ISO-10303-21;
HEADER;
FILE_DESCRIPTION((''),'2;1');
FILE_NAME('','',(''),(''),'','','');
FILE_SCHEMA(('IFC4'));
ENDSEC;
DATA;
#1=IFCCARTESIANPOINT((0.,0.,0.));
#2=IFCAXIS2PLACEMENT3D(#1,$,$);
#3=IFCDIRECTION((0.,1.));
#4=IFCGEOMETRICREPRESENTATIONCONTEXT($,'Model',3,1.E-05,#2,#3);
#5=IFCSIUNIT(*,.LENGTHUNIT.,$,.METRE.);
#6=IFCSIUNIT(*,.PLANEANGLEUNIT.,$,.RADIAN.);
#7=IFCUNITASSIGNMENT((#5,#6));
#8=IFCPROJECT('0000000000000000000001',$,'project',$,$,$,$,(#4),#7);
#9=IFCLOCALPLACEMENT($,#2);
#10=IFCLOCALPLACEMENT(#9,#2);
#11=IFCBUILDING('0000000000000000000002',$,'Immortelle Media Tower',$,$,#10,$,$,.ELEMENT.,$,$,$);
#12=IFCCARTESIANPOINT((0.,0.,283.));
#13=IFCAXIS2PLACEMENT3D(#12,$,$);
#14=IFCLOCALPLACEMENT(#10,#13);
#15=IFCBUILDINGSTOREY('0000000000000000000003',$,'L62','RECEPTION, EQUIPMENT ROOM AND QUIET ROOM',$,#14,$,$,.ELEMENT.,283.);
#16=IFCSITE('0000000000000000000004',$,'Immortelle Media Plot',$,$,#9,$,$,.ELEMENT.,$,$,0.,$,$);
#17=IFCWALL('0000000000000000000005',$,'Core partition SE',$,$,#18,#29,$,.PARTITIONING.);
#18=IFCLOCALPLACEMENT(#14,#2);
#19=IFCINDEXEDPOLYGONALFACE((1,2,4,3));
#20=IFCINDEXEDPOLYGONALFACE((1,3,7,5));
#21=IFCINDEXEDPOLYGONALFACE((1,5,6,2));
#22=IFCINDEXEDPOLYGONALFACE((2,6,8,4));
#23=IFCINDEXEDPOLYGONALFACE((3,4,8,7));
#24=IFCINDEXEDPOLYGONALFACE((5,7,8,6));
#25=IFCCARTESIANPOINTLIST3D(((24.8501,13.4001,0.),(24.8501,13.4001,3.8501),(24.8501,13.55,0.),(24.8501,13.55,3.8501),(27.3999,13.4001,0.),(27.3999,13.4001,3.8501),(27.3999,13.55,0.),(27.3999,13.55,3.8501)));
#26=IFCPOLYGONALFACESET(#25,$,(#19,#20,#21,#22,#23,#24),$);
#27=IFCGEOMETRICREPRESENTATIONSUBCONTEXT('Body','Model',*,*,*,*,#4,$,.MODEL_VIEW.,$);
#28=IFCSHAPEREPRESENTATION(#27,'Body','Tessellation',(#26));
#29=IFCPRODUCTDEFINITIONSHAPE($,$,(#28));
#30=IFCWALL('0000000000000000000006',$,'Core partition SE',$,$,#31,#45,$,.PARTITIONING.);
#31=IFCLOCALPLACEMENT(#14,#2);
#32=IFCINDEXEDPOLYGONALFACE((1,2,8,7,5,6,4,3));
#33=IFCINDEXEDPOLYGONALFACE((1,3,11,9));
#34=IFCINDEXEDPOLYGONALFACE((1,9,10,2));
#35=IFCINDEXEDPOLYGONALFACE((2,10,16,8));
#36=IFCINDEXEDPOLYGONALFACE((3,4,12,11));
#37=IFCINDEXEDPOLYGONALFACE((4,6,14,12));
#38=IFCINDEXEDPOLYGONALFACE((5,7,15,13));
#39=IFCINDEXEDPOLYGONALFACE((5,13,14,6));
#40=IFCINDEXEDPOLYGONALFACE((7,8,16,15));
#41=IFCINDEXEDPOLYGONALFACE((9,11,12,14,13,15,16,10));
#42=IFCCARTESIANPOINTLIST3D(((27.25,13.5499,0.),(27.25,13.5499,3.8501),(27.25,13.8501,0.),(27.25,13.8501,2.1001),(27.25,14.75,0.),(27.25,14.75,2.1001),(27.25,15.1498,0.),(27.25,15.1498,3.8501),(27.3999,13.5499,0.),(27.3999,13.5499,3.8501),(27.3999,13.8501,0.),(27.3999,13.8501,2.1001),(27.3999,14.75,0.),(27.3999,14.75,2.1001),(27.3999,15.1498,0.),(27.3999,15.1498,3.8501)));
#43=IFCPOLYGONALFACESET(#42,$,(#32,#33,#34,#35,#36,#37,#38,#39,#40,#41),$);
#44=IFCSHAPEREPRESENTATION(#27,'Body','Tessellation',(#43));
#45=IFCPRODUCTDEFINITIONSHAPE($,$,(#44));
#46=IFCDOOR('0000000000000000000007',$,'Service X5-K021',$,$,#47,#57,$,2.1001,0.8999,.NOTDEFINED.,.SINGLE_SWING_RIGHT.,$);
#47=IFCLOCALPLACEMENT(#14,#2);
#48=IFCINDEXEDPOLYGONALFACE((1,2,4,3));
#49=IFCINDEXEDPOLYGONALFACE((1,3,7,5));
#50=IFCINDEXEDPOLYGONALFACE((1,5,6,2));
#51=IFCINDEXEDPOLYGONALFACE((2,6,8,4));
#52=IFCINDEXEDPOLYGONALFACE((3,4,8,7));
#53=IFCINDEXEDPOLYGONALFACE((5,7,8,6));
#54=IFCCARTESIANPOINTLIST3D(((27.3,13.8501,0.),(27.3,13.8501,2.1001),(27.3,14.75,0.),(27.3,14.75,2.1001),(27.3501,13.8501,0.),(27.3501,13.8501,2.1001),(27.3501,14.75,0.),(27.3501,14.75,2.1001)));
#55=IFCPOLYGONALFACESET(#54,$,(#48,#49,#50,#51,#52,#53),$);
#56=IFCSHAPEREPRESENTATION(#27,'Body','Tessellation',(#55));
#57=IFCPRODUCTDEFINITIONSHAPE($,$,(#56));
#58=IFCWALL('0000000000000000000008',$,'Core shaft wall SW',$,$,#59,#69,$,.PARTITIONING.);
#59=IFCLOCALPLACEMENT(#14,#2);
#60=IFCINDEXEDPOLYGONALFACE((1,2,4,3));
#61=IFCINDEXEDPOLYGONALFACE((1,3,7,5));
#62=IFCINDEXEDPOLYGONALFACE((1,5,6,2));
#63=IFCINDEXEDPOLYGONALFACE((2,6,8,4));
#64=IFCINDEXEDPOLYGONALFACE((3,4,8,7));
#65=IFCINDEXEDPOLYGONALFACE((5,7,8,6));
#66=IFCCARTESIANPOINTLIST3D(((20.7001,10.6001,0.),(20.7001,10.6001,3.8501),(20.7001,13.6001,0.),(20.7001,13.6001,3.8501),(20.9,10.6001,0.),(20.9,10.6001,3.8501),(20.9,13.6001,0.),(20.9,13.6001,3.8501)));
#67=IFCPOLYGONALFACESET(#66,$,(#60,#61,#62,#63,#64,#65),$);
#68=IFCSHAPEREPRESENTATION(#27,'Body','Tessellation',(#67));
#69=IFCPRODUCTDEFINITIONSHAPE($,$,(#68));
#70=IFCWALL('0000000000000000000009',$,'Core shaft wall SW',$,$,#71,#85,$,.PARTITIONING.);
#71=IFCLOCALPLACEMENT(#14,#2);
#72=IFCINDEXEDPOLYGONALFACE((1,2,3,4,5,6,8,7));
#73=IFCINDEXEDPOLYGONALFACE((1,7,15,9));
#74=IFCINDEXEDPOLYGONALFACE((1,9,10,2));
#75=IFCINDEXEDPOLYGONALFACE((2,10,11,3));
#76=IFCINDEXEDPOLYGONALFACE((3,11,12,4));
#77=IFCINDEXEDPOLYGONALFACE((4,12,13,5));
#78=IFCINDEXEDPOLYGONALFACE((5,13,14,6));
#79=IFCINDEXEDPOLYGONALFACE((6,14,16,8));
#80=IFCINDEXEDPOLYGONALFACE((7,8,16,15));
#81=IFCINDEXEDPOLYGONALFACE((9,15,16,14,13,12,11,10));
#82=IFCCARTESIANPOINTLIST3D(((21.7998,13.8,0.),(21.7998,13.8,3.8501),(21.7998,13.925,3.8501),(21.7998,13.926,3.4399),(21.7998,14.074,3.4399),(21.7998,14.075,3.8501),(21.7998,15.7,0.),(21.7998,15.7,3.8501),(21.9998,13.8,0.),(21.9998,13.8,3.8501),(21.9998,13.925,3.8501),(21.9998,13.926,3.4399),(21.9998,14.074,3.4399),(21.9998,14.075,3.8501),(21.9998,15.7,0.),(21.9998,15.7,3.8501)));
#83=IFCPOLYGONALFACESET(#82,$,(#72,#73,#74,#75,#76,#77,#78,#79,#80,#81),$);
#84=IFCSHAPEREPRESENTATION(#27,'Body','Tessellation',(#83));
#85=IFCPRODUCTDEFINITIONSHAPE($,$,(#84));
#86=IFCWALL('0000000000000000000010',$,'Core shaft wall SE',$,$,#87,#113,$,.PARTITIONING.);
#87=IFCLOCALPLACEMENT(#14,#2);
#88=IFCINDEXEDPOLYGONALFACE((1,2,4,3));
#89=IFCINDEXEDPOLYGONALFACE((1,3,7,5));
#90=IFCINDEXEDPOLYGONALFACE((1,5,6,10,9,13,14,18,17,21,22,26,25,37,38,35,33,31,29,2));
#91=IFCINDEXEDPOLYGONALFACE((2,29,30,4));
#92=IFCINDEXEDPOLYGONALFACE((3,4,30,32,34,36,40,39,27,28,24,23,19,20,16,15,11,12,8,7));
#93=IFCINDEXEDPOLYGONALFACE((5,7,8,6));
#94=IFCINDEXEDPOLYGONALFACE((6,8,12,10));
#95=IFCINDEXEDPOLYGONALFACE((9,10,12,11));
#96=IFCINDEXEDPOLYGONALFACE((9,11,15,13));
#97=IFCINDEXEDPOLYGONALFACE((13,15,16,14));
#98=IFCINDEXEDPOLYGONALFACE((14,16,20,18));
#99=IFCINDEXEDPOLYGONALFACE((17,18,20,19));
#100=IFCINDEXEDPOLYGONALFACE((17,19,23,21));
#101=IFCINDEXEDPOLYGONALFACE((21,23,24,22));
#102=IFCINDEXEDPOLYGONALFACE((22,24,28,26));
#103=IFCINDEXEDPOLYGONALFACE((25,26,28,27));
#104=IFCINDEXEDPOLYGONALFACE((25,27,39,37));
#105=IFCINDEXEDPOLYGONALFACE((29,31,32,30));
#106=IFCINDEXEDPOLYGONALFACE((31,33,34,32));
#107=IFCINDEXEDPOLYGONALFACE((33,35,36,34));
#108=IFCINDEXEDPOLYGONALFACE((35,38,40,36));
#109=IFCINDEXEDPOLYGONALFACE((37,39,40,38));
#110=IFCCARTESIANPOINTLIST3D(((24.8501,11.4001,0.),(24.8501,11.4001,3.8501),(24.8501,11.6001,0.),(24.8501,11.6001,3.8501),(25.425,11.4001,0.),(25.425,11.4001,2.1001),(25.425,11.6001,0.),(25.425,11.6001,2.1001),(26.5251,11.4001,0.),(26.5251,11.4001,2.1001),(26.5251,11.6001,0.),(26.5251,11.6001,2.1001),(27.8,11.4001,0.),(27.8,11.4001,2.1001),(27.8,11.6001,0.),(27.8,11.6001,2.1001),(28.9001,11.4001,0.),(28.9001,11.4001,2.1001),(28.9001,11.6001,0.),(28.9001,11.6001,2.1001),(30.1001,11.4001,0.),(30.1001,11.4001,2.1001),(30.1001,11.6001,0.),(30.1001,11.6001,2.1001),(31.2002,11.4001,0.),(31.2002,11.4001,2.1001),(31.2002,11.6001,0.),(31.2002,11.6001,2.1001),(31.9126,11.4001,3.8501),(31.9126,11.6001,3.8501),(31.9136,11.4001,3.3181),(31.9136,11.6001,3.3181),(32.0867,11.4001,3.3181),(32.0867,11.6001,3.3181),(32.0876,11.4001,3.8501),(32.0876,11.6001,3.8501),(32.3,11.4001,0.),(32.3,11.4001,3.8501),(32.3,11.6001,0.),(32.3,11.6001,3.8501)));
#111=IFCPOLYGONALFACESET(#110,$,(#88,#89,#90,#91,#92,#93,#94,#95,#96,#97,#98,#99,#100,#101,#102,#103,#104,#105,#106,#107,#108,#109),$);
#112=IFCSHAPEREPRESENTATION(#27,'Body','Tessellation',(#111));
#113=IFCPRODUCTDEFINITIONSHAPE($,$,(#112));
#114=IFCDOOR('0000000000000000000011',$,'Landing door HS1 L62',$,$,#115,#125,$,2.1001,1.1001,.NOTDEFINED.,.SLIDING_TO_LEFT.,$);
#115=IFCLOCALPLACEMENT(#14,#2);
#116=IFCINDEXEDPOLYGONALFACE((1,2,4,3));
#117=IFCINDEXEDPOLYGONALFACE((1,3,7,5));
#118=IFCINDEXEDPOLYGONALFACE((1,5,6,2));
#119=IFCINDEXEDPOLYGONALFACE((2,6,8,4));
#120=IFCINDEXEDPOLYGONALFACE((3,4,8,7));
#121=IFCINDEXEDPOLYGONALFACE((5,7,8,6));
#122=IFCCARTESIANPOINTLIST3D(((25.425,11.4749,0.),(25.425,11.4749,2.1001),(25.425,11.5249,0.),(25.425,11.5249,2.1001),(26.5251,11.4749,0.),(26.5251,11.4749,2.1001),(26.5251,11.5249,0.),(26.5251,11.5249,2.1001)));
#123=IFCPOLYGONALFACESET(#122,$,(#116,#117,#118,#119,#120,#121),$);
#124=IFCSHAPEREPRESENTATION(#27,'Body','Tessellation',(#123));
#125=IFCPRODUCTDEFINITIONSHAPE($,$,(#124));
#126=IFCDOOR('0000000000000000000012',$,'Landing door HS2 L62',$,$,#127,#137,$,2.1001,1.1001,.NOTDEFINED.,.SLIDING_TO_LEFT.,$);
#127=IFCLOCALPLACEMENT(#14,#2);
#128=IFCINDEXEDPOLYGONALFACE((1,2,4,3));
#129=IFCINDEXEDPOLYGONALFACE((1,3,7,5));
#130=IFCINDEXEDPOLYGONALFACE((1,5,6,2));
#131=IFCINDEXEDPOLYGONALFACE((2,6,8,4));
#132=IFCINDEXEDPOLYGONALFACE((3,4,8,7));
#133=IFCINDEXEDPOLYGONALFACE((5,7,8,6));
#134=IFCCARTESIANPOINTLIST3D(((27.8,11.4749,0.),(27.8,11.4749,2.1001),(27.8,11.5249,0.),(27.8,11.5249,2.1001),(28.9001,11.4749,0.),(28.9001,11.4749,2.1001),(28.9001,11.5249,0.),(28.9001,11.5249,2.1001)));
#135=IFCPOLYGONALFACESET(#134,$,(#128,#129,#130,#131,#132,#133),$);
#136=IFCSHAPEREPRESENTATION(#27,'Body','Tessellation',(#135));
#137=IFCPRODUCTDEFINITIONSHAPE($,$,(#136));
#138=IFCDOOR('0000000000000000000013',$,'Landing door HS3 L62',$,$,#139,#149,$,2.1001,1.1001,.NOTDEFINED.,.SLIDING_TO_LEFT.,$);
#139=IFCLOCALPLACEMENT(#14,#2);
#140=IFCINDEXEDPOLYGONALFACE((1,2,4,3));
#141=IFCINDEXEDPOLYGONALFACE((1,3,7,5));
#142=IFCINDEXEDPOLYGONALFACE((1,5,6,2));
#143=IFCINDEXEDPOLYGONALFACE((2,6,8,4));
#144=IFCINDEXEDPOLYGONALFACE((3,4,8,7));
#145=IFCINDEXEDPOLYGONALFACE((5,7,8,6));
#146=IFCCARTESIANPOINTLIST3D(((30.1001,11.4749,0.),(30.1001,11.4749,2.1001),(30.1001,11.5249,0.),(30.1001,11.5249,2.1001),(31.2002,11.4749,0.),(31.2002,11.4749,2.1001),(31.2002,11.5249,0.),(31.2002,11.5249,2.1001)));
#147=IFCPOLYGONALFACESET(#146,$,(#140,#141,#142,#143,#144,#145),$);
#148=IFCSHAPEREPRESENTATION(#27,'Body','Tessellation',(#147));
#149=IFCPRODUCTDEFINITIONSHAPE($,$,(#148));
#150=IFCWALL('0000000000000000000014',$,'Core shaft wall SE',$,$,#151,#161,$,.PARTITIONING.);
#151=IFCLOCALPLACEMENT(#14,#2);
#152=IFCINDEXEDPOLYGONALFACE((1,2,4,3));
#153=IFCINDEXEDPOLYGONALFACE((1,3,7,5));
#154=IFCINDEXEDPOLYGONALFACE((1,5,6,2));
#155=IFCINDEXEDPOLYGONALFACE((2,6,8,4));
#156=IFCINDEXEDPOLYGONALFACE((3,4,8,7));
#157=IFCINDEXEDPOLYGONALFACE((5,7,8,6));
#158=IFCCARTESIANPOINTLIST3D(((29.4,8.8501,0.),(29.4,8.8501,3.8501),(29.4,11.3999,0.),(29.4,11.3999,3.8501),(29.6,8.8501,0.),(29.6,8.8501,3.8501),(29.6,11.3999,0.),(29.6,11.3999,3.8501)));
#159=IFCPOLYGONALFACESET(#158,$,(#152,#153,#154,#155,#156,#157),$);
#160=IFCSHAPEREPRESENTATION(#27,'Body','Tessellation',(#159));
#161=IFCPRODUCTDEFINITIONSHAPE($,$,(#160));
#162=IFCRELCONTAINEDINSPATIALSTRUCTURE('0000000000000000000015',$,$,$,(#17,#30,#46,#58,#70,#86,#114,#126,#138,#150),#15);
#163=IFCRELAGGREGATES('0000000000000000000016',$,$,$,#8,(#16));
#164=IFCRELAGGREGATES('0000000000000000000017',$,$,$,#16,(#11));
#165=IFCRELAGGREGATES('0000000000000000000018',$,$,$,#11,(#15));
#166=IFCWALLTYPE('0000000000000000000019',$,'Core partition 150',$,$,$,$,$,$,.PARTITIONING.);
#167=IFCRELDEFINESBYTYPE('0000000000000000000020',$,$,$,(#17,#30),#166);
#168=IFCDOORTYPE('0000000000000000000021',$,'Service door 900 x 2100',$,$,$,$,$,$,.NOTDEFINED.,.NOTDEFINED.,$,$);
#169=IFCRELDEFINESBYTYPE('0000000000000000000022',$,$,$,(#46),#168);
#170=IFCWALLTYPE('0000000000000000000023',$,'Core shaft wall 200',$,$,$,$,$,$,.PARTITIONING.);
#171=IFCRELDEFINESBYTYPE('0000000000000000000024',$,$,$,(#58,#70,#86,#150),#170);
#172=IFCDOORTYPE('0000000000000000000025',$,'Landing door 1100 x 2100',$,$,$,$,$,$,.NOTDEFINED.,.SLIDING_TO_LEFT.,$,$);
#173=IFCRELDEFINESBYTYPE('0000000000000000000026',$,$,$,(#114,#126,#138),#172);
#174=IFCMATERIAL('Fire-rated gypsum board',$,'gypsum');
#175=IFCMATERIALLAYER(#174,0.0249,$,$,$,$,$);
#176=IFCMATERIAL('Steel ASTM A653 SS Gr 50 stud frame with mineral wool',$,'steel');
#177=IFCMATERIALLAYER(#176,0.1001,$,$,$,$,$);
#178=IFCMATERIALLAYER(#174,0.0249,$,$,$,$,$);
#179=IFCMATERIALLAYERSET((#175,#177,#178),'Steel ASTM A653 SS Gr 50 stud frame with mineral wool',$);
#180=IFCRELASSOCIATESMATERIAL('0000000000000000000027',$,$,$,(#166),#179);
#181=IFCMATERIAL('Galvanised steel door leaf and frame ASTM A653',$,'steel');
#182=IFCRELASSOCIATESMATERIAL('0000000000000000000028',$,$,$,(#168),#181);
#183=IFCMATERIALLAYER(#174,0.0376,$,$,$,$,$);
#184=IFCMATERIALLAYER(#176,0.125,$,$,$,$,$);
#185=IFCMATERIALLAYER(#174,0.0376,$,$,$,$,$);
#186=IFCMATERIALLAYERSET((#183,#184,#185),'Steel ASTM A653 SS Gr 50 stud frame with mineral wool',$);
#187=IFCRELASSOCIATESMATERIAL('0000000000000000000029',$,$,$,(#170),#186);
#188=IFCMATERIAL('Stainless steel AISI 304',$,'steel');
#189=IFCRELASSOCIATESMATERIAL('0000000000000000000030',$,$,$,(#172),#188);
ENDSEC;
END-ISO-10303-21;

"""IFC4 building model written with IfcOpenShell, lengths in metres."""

from ifc_helpers import new_model, si_unit, direction, frame, frame_2d, origin, place, context, subcontext, project, spatial, polyline, rectangle, outline, extrude, material, layer, layer_set, type_object, element, fill, save


model = new_model("IFC4")

# Units and contexts
model_context = context("Model", 3, precision=1e-05, world=origin(), true_north=direction((0.0, 1.0)))
body_context = subcontext(model_context, "Body", "Model", "MODEL_VIEW")
ifc_project = project(units=[si_unit("LENGTHUNIT", "METRE"), si_unit("PLANEANGLEUNIT", "RADIAN")], contexts=[model_context])

# Site, building, storey
site_placement = place(None, origin())
site = spatial("IfcSite", under=ifc_project, at=site_placement, Name="Immortelle Media Plot", CompositionType="ELEMENT", RefElevation=0.0)
building_placement = place(site_placement, origin())
building = spatial("IfcBuilding", under=site, at=building_placement, Name="Immortelle Media Tower", CompositionType="ELEMENT")
storey_placement = place(building_placement, frame((0.0, 0.0, 283.0)))
storey = spatial("IfcBuildingStorey", under=building, at=storey_placement, Name="L62", Description="RECEPTION, EQUIPMENT ROOM AND QUIET ROOM", CompositionType="ELEMENT", Elevation=283.0)

# Wall
ifc_material_1 = material(Name="Fire-rated gypsum board", Category="gypsum")
ifc_layer_1 = layer(ifc_material_1, 0.0249)
ifc_material_2 = material(Name="Steel ASTM A653 SS Gr 50 stud frame with mineral wool", Category="steel")
ifc_layer_2 = layer(ifc_material_2, 0.1001)
ifc_layer_3 = layer(ifc_material_1, 0.0249)
ifc_layer_set_1 = layer_set([ifc_layer_1, ifc_layer_2, ifc_layer_3], Name="Steel ASTM A653 SS Gr 50 stud frame with mineral wool")
wall_type_1 = type_object("IfcWallType", Name="Core partition 150", PredefinedType="PARTITIONING", material=ifc_layer_set_1)
wall_1_placement = place(storey_placement, frame((24.8501, 13.4751, 0.0), z_axis=(0.0, 0.0, 1.0), x_axis=(1.0, 0.0, 0.0)))
element("IfcWall", 1, at=wall_1_placement, inside=storey, type_object=wall_type_1, Name="Core partition SE", PredefinedType="PARTITIONING", context=body_context, shape_type="SweptSolid", body=[
    extrude(rectangle(XDim=2.5498, YDim=0.1499, at=frame_2d((1.2749, 0.0))), origin(), (0.0, 0.0, 1.0), 3.8501),
])

# Wall, opening, door
wall_2_placement = place(storey_placement, frame((27.325, 13.55, 0.0), z_axis=(0.0, 0.0, 1.0), x_axis=(0.0, 1.0, 0.0)))
wall_2 = element("IfcWall", 2, at=wall_2_placement, inside=storey, type_object=wall_type_1, Name="Core partition SE", PredefinedType="PARTITIONING", context=body_context, shape_type="SweptSolid", body=[
    extrude(rectangle(XDim=1.5999, YDim=0.1499, at=frame_2d((0.7998, 0.0))), origin(), (0.0, 0.0, 1.0), 3.8501),
])
opening_1_placement = place(wall_2_placement, frame((0.3, 0.0, 0.0)))
opening_1 = element("IfcOpeningElement", 3, at=opening_1_placement, cuts=wall_2, PredefinedType="OPENING", context=body_context, shape_type="SweptSolid", body=[
    extrude(rectangle(XDim=0.8999, YDim=2.1001, at=frame_2d((0.45, 1.05))), frame((0.0, 0.085, 0.0), z_axis=(0.0, -1.0, 0.0), x_axis=(1.0, 0.0, 0.0)), (0.0, 0.0, 1.0), 0.1699),
])
ifc_material_3 = material(Name="Galvanised steel door leaf and frame ASTM A653", Category="steel")
door_type_1 = type_object("IfcDoorType", Name="Service door 900 x 2100", OperationType="NOTDEFINED", PredefinedType="NOTDEFINED", material=ifc_material_3)
door_1_placement = place(opening_1_placement, origin())
door_1 = element("IfcDoor", 4, at=door_1_placement, inside=storey, type_object=door_type_1, Name="Service X5-K021", OperationType="SINGLE_SWING_RIGHT", OverallHeight=2.1001, OverallWidth=0.8999, PredefinedType="NOTDEFINED", context=body_context, shape_type="SweptSolid", body=[
    extrude(rectangle(XDim=0.8999, YDim=2.1001, at=frame_2d((0.45, 1.05))), frame((0.0, 0.0249, 0.0), z_axis=(0.0, -1.0, 0.0), x_axis=(1.0, 0.0, 0.0)), (0.0, 0.0, 1.0), 0.05),
])
fill(opening_1, door_1)

# Walls
ifc_layer_4 = layer(ifc_material_1, 0.0376)
ifc_layer_5 = layer(ifc_material_2, 0.125)
ifc_layer_6 = layer(ifc_material_1, 0.0376)
ifc_layer_set_2 = layer_set([ifc_layer_4, ifc_layer_5, ifc_layer_6], Name="Steel ASTM A653 SS Gr 50 stud frame with mineral wool")
wall_type_2 = type_object("IfcWallType", Name="Core shaft wall 200", PredefinedType="PARTITIONING", material=ifc_layer_set_2)
wall_3_placement = place(storey_placement, frame((20.8, 10.6001, 0.0), z_axis=(0.0, 0.0, 1.0), x_axis=(0.0, 1.0, 0.0)))
element("IfcWall", 5, at=wall_3_placement, inside=storey, type_object=wall_type_2, Name="Core shaft wall SW", PredefinedType="PARTITIONING", context=body_context, shape_type="SweptSolid", body=[
    extrude(rectangle(XDim=3.0, YDim=0.2, at=frame_2d((1.5, 0.0))), origin(), (0.0, 0.0, 1.0), 3.8501),
])
wall_4_placement = place(storey_placement, frame((21.8999, 13.8, 0.0), z_axis=(0.0, 0.0, 1.0), x_axis=(0.0, 1.0, 0.0)))
element("IfcWall", 6, at=wall_4_placement, inside=storey, type_object=wall_type_2, Name="Core shaft wall SW", PredefinedType="PARTITIONING", context=body_context, shape_type="SweptSolid", body=[
    extrude(outline(polyline([(0.0, 0.0), (1.8999, 0.0), (1.8999, 3.8501), (0.2749, 3.8501), (0.2739, 3.4399), (0.126, 3.4399), (0.125, 3.8501), (0.0, 3.8501), (0.0, 0.0)])), frame((0.0, 0.1001, 0.0), z_axis=(0.0, -1.0, 0.0), x_axis=(1.0, 0.0, 0.0)), (0.0, 0.0, 1.0), 0.2),
])

# Wall, openings, doors
wall_5_placement = place(storey_placement, frame((24.8501, 11.5, 0.0), z_axis=(0.0, 0.0, 1.0), x_axis=(1.0, 0.0, 0.0)))
wall_5 = element("IfcWall", 7, at=wall_5_placement, inside=storey, type_object=wall_type_2, Name="Core shaft wall SE", PredefinedType="PARTITIONING", context=body_context, shape_type="SweptSolid", body=[
    extrude(outline(polyline([(0.0, 0.0), (7.45, 0.0), (7.45, 3.8501), (7.2375, 3.8501), (7.2366, 3.3181), (7.0635, 3.3181), (7.0625, 3.8501), (0.0, 3.8501), (0.0, 0.0)])), frame((0.0, 0.1001, 0.0), z_axis=(0.0, -1.0, 0.0), x_axis=(1.0, 0.0, 0.0)), (0.0, 0.0, 1.0), 0.2),
])
opening_2_placement = place(wall_5_placement, frame((0.575, 0.0, 0.0)))
opening_2 = element("IfcOpeningElement", 8, at=opening_2_placement, cuts=wall_5, PredefinedType="OPENING", context=body_context, shape_type="SweptSolid", body=[
    extrude(rectangle(XDim=1.1001, YDim=2.1001, at=frame_2d((0.55, 1.05))), frame((0.0, 0.1099, 0.0), z_axis=(0.0, -1.0, 0.0), x_axis=(1.0, 0.0, 0.0)), (0.0, 0.0, 1.0), 0.22),
])
opening_3_placement = place(wall_5_placement, frame((2.95, 0.0, 0.0)))
opening_3 = element("IfcOpeningElement", 9, at=opening_3_placement, cuts=wall_5, PredefinedType="OPENING", context=body_context, shape_type="SweptSolid", body=[
    extrude(rectangle(XDim=1.1001, YDim=2.1001, at=frame_2d((0.55, 1.05))), frame((0.0, 0.1099, 0.0), z_axis=(0.0, -1.0, 0.0), x_axis=(1.0, 0.0, 0.0)), (0.0, 0.0, 1.0), 0.22),
])
opening_4_placement = place(wall_5_placement, frame((5.25, 0.0, 0.0)))
opening_4 = element("IfcOpeningElement", 10, at=opening_4_placement, cuts=wall_5, PredefinedType="OPENING", context=body_context, shape_type="SweptSolid", body=[
    extrude(rectangle(XDim=1.1001, YDim=2.1001, at=frame_2d((0.55, 1.05))), frame((0.0, 0.1099, 0.0), z_axis=(0.0, -1.0, 0.0), x_axis=(1.0, 0.0, 0.0)), (0.0, 0.0, 1.0), 0.22),
])
ifc_material_4 = material(Name="Stainless steel AISI 304", Category="steel")
door_type_2 = type_object("IfcDoorType", Name="Landing door 1100 x 2100", OperationType="SLIDING_TO_LEFT", PredefinedType="NOTDEFINED", material=ifc_material_4)
door_2_placement = place(opening_2_placement, origin())
door_2 = element("IfcDoor", 11, at=door_2_placement, inside=storey, type_object=door_type_2, Name="Landing door HS1 L62", OperationType="SLIDING_TO_LEFT", OverallHeight=2.1001, OverallWidth=1.1001, PredefinedType="NOTDEFINED", context=body_context, shape_type="SweptSolid", body=[
    extrude(rectangle(XDim=1.1001, YDim=2.1001, at=frame_2d((0.55, 1.05))), frame((0.0, 0.0249, 0.0), z_axis=(0.0, -1.0, 0.0), x_axis=(1.0, 0.0, 0.0)), (0.0, 0.0, 1.0), 0.05),
])
fill(opening_2, door_2)
door_3_placement = place(opening_3_placement, origin())
door_3 = element("IfcDoor", 12, at=door_3_placement, inside=storey, type_object=door_type_2, Name="Landing door HS2 L62", OperationType="SLIDING_TO_LEFT", OverallHeight=2.1001, OverallWidth=1.1001, PredefinedType="NOTDEFINED", context=body_context, shape_type="SweptSolid", body=[
    extrude(rectangle(XDim=1.1001, YDim=2.1001, at=frame_2d((0.55, 1.05))), frame((0.0, 0.0249, 0.0), z_axis=(0.0, -1.0, 0.0), x_axis=(1.0, 0.0, 0.0)), (0.0, 0.0, 1.0), 0.05),
])
fill(opening_3, door_3)
door_4_placement = place(opening_4_placement, origin())
door_4 = element("IfcDoor", 13, at=door_4_placement, inside=storey, type_object=door_type_2, Name="Landing door HS3 L62", OperationType="SLIDING_TO_LEFT", OverallHeight=2.1001, OverallWidth=1.1001, PredefinedType="NOTDEFINED", context=body_context, shape_type="SweptSolid", body=[
    extrude(rectangle(XDim=1.1001, YDim=2.1001, at=frame_2d((0.55, 1.05))), frame((0.0, 0.0249, 0.0), z_axis=(0.0, -1.0, 0.0), x_axis=(1.0, 0.0, 0.0)), (0.0, 0.0, 1.0), 0.05),
])
fill(opening_4, door_4)

# Wall
wall_6_placement = place(storey_placement, frame((29.5, 8.8501, 0.0), z_axis=(0.0, 0.0, 1.0), x_axis=(0.0, 1.0, 0.0)))
element("IfcWall", 14, at=wall_6_placement, inside=storey, type_object=wall_type_2, Name="Core shaft wall SE", PredefinedType="PARTITIONING", context=body_context, shape_type="SweptSolid", body=[
    extrude(rectangle(XDim=2.5498, YDim=0.2, at=frame_2d((1.2749, 0.0))), origin(), (0.0, 0.0, 1.0), 3.8501),
])

save(model, "model.ifc")
